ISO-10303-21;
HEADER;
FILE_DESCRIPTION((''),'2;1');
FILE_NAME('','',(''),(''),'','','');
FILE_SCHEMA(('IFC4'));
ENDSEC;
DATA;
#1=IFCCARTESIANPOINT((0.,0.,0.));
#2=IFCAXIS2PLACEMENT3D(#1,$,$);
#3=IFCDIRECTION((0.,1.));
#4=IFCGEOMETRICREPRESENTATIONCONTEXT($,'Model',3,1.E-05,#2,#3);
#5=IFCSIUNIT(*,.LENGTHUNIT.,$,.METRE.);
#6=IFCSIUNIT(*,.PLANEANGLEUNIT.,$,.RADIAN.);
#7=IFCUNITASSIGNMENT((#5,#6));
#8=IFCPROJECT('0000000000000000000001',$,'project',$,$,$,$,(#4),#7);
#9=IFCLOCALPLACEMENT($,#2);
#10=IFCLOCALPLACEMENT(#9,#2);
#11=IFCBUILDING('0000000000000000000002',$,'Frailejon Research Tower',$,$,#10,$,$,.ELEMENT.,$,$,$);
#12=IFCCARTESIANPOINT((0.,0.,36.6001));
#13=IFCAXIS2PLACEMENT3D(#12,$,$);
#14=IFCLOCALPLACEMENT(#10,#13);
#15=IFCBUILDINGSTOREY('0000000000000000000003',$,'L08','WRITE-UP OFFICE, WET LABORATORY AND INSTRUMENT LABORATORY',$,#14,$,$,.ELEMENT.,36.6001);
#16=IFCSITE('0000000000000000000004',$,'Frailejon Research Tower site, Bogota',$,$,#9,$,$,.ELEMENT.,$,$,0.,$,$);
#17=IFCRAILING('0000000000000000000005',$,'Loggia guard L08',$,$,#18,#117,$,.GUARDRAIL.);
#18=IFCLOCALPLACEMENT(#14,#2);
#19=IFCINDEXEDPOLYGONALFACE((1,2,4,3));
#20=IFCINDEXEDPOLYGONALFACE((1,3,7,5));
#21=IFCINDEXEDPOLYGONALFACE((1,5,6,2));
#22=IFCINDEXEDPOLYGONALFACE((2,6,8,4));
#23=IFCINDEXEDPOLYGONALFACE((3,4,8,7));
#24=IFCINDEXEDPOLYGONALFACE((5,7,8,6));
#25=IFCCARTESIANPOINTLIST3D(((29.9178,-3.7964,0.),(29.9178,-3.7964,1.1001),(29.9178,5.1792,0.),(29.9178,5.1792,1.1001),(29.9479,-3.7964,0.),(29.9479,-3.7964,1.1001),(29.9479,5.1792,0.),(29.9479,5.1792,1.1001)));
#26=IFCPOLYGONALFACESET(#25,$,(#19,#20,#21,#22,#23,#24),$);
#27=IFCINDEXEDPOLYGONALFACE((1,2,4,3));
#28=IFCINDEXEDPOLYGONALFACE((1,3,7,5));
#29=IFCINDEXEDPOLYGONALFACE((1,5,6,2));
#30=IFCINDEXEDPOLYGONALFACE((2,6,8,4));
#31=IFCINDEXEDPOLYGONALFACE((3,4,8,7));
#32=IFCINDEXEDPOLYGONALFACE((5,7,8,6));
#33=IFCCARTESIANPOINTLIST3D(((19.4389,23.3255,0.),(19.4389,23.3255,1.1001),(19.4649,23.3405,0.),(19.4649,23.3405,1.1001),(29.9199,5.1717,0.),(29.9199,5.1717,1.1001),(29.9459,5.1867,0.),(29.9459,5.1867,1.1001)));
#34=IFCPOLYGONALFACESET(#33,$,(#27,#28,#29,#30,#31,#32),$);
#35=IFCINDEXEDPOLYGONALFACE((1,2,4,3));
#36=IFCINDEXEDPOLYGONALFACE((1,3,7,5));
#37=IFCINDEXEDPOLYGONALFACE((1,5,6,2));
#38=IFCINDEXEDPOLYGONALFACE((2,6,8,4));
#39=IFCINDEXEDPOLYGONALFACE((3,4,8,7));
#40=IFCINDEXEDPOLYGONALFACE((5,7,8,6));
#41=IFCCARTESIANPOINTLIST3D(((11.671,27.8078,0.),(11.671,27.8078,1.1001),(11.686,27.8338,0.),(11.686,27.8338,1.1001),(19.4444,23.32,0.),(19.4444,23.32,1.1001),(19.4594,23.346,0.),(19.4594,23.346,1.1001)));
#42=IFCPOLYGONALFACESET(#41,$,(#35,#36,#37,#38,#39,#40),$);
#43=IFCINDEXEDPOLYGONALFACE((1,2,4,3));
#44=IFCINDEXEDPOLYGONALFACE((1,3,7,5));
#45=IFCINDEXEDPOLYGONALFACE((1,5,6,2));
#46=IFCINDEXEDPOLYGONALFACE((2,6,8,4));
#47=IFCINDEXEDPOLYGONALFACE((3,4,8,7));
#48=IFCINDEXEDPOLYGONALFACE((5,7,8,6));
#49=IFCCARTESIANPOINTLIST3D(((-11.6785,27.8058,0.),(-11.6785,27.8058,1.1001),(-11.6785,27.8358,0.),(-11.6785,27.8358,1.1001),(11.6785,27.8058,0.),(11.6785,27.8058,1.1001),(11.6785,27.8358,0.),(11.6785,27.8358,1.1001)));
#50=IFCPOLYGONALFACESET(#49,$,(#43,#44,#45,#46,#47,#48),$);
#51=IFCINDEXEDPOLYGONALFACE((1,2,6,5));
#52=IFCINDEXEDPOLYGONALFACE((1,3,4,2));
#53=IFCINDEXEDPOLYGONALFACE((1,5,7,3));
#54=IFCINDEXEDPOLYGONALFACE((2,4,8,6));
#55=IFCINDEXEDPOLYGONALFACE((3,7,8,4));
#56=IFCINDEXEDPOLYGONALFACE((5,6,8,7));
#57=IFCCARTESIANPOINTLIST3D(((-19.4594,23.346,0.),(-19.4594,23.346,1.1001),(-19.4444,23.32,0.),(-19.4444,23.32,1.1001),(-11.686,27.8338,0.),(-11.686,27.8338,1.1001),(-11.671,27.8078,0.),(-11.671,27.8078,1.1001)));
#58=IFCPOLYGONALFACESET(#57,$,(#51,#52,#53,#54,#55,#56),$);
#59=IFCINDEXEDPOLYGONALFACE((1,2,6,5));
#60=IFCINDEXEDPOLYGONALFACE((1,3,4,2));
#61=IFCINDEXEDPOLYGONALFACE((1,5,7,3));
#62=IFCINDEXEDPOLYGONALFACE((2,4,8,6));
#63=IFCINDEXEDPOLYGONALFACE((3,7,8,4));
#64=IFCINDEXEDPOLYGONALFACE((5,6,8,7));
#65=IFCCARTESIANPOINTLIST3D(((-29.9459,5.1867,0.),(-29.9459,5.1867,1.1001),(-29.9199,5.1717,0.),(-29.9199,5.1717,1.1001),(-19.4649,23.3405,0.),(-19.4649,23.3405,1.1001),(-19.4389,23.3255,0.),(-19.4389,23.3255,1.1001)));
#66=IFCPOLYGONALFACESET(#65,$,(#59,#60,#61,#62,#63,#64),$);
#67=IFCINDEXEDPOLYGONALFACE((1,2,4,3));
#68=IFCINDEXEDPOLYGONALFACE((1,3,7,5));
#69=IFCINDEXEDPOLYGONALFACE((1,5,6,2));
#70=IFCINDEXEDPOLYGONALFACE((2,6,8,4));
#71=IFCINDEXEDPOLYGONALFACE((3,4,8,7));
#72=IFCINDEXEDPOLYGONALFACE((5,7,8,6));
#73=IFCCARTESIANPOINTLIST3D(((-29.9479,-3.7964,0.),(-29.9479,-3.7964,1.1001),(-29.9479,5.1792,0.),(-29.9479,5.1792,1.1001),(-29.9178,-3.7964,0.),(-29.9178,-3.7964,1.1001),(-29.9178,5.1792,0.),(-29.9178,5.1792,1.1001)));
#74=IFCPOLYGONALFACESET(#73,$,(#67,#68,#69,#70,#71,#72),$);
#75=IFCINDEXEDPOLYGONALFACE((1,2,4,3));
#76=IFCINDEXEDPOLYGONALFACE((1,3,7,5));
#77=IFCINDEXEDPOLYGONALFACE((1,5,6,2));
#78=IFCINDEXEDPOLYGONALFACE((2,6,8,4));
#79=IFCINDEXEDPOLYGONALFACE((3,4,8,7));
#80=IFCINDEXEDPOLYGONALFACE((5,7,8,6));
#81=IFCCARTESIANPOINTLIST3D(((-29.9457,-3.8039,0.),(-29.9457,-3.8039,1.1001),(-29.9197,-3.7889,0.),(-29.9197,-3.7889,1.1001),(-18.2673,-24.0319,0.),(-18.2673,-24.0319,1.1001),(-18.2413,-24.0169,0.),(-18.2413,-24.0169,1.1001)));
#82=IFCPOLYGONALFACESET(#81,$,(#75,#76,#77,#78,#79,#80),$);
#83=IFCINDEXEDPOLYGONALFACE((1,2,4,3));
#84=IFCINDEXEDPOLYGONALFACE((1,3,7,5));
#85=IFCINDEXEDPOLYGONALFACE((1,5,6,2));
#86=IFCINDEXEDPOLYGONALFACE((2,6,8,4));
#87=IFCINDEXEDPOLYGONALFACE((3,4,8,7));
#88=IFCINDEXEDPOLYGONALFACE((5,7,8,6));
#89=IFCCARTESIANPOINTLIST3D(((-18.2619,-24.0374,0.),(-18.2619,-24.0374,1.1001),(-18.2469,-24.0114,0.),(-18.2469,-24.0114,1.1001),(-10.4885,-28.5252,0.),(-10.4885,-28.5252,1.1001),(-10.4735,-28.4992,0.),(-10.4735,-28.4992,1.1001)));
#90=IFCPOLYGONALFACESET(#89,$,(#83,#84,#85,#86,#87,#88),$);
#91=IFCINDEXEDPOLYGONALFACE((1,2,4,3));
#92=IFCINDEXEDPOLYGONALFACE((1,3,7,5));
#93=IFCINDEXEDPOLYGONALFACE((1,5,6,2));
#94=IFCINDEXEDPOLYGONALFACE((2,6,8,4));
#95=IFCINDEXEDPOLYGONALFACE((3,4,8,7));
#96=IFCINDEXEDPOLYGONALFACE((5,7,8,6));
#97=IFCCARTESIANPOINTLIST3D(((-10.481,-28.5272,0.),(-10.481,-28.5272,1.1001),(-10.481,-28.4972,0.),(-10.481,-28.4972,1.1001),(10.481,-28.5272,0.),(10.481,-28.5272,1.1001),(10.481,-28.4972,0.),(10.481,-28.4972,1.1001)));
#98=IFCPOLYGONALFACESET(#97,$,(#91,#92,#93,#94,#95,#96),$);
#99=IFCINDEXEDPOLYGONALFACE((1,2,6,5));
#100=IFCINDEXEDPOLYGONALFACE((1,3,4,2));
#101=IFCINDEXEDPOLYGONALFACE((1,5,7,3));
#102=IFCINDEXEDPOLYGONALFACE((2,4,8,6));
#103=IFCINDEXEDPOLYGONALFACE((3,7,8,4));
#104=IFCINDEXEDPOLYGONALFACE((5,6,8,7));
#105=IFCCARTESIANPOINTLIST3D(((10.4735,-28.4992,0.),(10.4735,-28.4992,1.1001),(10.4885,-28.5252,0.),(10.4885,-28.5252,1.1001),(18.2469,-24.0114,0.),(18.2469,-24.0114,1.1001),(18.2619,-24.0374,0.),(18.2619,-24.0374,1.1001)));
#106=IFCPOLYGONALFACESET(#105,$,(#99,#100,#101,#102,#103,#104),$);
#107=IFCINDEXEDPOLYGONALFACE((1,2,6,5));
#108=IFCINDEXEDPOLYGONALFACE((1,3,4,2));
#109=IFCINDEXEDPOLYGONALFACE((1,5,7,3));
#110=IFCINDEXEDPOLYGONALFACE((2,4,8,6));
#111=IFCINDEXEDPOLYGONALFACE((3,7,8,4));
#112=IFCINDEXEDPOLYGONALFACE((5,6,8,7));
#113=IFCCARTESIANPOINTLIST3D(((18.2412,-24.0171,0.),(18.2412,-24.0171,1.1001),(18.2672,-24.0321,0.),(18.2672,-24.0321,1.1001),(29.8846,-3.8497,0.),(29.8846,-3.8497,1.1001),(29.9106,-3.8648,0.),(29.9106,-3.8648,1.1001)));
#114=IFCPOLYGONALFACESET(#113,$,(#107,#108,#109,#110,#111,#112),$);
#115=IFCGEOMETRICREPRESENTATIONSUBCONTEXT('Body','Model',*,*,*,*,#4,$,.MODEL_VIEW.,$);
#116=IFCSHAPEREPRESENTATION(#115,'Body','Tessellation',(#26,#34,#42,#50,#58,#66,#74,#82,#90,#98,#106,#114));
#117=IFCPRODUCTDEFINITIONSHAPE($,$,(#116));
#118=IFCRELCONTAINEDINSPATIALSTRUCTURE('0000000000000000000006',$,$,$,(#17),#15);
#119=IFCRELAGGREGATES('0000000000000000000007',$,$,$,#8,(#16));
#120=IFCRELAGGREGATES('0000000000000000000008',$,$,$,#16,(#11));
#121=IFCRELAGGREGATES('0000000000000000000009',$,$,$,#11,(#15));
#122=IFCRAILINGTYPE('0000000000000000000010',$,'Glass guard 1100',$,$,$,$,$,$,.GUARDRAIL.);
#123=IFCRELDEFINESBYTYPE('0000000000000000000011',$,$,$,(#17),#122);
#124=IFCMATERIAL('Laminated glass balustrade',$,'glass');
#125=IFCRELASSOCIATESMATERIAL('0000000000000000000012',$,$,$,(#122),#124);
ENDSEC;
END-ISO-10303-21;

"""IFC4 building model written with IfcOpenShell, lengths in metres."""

from ifc_helpers import new_model, si_unit, direction, frame, origin, origin_2d, place, context, subcontext, project, spatial, rectangle, extrude, material, type_object, element, save


model = new_model("IFC4")

# Units and contexts
model_context = context("Model", 3, precision=1e-05, world=origin(), true_north=direction((0.0, 1.0)))
body_context = subcontext(model_context, "Body", "Model", "MODEL_VIEW")
ifc_project = project(units=[si_unit("LENGTHUNIT", "METRE"), si_unit("PLANEANGLEUNIT", "RADIAN")], contexts=[model_context])

# Site, building, storey
site_placement = place(None, origin())
site = spatial("IfcSite", under=ifc_project, at=site_placement, Name="Frailejon Research Tower site, Bogota", CompositionType="ELEMENT", RefElevation=0.0)
building_placement = place(site_placement, origin())
building = spatial("IfcBuilding", under=site, at=building_placement, Name="Frailejon Research Tower", CompositionType="ELEMENT")
storey_placement = place(building_placement, frame((0.0, 0.0, 36.6001)))
storey = spatial("IfcBuildingStorey", under=building, at=storey_placement, Name="L08", Description="WRITE-UP OFFICE, WET LABORATORY AND INSTRUMENT LABORATORY", CompositionType="ELEMENT", Elevation=36.6001)

# Railing
ifc_material_1 = material(Name="Laminated glass balustrade", Category="glass")
railing_type = type_object("IfcRailingType", Name="Glass guard 1100", PredefinedType="GUARDRAIL", material=ifc_material_1)
railing_placement = place(storey_placement, frame((29.9329, -3.7964, 0.0)))
element("IfcRailing", 1, at=railing_placement, inside=storey, type_object=railing_type, Name="Loggia guard L08", PredefinedType="GUARDRAIL", context=body_context, shape_type="SweptSolid", body=[
    extrude(rectangle(XDim=8.9756, YDim=0.03, at=origin_2d()), frame((0.0, 4.4878, 0.0), z_axis=(0.0, 0.0, 1.0), x_axis=(0.0, 1.0, 0.0)), (0.0, 0.0, 1.0), 1.1001),
    extrude(rectangle(XDim=20.9622, YDim=0.03, at=origin_2d()), frame((-5.2405, 18.0525, 0.0), z_axis=(0.0, 0.0, 1.0), x_axis=(-0.499995, 0.866028, 0.0)), (0.0, 0.0, 1.0), 1.1001),
    extrude(rectangle(XDim=8.9758, YDim=0.03, at=origin_2d()), frame((-14.3677, 29.3733, 0.0), z_axis=(0.0, 0.0, 1.0), x_axis=(-0.866035, 0.499983, 0.0)), (0.0, 0.0, 1.0), 1.1001),
    extrude(rectangle(XDim=23.3569, YDim=0.03, at=origin_2d()), frame((-29.9329, 31.6172, 0.0), z_axis=(0.0, 0.0, 1.0), x_axis=(-1.0, 0.0, 0.0)), (0.0, 0.0, 1.0), 1.1001),
    extrude(rectangle(XDim=8.9758, YDim=0.03, at=origin_2d()), frame((-45.498, 29.3733, 0.0), z_axis=(0.0, 0.0, 1.0), x_axis=(-0.866035, -0.499983, 0.0)), (0.0, 0.0, 1.0), 1.1001),
    extrude(rectangle(XDim=20.9622, YDim=0.03, at=origin_2d()), frame((-54.6252, 18.0525, 0.0), z_axis=(0.0, 0.0, 1.0), x_axis=(-0.499995, -0.866028, 0.0)), (0.0, 0.0, 1.0), 1.1001),
    extrude(rectangle(XDim=8.9756, YDim=0.03, at=origin_2d()), frame((-59.8657, 4.4878, 0.0), z_axis=(0.0, 0.0, 1.0), x_axis=(0.0, -1.0, 0.0)), (0.0, 0.0, 1.0), 1.1001),
    extrude(rectangle(XDim=23.3572, YDim=0.03, at=origin_2d()), frame((-54.0264, -10.114, 0.0), z_axis=(0.0, 0.0, 1.0), x_axis=(0.499994, -0.866029, 0.0)), (0.0, 0.0, 1.0), 1.1001),
    extrude(rectangle(XDim=8.9758, YDim=0.03, at=origin_2d()), frame((-44.3005, -22.4719, 0.0), z_axis=(0.0, 0.0, 1.0), x_axis=(0.866035, -0.499983, 0.0)), (0.0, 0.0, 1.0), 1.1001),
    extrude(rectangle(XDim=20.9619, YDim=0.03, at=origin_2d()), frame((-29.9329, -24.7158, 0.0), z_axis=(0.0, 0.0, 1.0), x_axis=(1.0, 0.0, 0.0)), (0.0, 0.0, 1.0), 1.1001),
    extrude(rectangle(XDim=8.9758, YDim=0.03, at=origin_2d()), frame((-15.5652, -22.4719, 0.0), z_axis=(0.0, 0.0, 1.0), x_axis=(0.866035, 0.499983, 0.0)), (0.0, 0.0, 1.0), 1.1001),
    extrude(rectangle(XDim=23.2871, YDim=0.03, at=origin_2d()), frame((-5.8569, -10.1445, 0.0), z_axis=(0.0, 0.0, 1.0), x_axis=(0.499992, 0.86603, 0.0)), (0.0, 0.0, 1.0), 1.1001),
])

save(model, "model.ifc")
